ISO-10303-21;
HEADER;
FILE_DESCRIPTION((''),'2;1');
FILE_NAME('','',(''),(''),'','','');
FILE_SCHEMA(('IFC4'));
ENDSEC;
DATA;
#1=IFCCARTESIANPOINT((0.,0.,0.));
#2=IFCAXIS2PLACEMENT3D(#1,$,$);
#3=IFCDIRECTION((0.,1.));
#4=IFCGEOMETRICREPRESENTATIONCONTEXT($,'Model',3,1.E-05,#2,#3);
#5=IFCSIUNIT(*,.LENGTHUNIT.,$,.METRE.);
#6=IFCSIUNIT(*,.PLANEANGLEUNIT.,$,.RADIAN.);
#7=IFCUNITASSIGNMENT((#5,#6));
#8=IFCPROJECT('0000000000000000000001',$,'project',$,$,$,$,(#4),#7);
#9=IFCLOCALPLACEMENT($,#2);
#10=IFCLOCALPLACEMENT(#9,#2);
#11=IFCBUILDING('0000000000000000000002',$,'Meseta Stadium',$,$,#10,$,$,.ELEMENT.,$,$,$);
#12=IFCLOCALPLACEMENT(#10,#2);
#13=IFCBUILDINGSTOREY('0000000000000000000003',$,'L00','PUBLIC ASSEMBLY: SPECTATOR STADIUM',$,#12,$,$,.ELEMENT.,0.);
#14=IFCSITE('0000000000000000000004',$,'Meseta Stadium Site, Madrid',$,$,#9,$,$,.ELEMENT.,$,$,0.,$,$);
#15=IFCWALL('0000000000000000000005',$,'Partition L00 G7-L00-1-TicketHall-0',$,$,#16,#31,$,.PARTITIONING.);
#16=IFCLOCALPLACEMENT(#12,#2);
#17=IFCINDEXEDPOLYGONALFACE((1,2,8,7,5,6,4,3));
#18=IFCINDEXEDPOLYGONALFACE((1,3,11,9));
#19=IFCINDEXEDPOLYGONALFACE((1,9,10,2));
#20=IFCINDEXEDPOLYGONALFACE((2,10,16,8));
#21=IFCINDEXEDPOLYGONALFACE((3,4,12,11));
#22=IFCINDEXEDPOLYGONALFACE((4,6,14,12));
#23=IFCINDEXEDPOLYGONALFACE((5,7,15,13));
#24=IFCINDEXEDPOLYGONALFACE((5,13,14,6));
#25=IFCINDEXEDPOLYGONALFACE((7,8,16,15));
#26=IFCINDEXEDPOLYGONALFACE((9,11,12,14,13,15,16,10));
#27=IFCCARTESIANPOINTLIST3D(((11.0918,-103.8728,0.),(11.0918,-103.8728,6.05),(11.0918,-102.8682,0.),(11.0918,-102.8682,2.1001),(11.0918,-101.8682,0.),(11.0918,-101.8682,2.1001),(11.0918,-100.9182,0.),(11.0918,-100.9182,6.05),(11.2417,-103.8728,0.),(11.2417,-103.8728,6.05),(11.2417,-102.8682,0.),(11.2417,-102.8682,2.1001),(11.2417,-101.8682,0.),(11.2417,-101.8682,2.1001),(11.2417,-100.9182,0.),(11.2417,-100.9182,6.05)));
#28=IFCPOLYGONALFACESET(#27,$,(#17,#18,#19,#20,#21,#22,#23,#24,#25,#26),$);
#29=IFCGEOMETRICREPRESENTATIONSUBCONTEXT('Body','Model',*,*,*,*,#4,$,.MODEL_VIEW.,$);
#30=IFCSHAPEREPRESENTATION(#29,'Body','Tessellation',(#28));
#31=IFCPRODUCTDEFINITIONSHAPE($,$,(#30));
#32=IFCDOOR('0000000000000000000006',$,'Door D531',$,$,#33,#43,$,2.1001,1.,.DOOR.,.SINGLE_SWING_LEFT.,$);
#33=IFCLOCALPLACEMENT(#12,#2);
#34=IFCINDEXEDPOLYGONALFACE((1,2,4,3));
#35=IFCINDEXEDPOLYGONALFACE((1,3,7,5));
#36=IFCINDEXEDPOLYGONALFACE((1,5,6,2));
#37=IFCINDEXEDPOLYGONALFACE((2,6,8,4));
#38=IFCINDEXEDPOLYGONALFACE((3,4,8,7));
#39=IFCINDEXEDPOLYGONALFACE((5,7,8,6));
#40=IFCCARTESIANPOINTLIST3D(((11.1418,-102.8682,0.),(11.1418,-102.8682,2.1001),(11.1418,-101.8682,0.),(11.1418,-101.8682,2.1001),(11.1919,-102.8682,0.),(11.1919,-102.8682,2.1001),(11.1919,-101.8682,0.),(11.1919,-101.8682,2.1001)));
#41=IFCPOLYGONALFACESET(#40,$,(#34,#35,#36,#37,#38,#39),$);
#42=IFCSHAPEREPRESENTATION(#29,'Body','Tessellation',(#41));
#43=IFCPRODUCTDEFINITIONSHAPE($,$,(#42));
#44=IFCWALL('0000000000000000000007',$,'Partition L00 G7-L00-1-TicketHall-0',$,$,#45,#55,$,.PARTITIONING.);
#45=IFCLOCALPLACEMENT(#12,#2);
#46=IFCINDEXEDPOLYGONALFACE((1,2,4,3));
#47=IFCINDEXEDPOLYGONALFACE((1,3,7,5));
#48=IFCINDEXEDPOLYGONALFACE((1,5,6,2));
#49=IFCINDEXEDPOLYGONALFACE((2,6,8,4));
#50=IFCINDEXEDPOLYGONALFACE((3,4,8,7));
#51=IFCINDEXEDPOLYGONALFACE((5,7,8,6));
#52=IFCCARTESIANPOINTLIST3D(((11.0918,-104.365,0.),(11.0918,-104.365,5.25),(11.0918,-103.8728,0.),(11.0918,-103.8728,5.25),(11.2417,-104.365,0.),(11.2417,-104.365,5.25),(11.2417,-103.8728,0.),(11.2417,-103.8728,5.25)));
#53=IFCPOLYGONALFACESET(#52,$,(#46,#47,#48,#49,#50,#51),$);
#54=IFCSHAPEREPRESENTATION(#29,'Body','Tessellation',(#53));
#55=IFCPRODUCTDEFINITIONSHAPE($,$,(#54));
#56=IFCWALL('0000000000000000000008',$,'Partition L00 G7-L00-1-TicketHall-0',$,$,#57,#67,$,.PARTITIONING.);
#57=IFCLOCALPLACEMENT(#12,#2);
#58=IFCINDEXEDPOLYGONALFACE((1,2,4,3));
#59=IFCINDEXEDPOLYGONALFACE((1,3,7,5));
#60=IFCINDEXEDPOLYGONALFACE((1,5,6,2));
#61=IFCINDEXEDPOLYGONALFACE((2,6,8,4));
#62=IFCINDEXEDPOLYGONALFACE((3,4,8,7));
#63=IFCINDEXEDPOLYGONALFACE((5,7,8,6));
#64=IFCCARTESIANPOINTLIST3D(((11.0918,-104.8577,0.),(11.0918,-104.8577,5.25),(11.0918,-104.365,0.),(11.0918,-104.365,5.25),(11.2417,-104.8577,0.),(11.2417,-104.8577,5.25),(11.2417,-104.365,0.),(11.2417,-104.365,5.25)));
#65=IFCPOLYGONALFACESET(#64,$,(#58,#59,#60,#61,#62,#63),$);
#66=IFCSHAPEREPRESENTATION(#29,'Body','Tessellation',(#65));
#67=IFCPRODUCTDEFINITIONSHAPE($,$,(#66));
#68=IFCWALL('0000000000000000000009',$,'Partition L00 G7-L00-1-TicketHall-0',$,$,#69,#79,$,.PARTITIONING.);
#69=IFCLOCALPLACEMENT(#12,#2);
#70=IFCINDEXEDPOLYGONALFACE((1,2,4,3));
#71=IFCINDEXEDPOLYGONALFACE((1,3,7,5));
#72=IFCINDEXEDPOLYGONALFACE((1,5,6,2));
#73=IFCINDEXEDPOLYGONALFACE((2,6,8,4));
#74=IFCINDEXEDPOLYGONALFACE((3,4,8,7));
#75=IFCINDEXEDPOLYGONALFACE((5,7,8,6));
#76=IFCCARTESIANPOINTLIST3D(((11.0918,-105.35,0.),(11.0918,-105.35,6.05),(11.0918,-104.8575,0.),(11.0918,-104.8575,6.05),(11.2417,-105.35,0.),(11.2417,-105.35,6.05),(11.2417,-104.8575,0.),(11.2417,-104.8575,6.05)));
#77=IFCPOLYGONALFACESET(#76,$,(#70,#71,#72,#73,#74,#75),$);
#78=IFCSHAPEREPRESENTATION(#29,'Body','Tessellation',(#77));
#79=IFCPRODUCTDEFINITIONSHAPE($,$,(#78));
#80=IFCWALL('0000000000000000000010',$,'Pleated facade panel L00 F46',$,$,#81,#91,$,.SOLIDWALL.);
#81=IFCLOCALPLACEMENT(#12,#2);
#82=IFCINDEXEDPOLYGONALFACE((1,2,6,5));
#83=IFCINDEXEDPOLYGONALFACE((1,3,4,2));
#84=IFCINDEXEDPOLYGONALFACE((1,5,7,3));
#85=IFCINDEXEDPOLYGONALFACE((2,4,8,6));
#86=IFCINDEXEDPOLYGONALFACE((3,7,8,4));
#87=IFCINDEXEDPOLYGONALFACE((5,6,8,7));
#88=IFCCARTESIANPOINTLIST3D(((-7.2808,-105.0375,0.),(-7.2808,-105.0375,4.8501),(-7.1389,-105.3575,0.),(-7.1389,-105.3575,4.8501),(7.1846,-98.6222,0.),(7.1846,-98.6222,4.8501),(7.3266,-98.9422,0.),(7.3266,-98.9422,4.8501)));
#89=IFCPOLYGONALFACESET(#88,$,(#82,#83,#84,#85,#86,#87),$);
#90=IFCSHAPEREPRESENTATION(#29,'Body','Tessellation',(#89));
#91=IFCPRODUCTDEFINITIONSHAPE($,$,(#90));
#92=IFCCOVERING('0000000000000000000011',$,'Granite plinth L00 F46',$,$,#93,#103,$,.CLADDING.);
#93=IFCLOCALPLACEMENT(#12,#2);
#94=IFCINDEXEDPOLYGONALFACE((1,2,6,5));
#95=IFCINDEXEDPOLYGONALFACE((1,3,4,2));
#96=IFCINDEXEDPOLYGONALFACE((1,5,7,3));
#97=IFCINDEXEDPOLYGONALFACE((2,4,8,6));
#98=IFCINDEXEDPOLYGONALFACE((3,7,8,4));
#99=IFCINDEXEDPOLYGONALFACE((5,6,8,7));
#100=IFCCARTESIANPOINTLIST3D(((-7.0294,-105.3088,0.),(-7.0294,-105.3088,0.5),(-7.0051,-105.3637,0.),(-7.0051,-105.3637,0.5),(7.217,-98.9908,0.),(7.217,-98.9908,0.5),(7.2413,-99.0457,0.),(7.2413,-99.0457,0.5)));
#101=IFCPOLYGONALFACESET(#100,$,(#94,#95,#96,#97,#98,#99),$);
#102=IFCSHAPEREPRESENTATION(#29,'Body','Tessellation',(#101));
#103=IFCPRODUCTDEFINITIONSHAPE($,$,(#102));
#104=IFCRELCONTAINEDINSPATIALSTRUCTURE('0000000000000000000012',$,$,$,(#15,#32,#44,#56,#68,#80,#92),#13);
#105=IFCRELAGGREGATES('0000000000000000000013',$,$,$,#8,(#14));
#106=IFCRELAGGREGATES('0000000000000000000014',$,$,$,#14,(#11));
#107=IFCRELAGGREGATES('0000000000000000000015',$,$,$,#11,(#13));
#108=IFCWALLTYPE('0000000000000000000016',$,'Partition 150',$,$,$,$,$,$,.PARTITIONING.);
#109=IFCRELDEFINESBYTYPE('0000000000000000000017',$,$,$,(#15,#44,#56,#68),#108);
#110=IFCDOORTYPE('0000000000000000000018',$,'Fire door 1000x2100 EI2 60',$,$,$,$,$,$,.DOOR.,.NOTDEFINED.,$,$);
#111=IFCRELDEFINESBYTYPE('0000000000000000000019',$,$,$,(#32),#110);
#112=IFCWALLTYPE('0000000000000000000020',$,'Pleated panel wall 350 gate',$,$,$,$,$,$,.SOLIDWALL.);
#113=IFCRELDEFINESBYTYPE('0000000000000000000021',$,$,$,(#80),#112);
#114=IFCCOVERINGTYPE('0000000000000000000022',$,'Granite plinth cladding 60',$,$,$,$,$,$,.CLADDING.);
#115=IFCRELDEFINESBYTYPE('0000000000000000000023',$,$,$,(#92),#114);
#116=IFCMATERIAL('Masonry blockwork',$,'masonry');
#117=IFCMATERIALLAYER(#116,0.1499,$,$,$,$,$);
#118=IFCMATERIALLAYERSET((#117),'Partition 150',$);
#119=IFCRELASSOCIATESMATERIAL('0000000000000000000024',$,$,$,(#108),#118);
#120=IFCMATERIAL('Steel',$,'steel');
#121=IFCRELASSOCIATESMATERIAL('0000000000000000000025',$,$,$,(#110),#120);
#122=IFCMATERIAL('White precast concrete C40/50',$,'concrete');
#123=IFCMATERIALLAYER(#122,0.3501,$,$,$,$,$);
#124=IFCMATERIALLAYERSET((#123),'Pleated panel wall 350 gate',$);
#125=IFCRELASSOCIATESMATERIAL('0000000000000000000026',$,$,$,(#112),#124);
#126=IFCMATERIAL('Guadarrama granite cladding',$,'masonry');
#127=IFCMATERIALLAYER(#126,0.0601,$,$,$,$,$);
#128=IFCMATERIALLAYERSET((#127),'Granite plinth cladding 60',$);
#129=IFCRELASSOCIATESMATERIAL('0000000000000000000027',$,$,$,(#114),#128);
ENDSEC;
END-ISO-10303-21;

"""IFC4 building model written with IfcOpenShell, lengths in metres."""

from ifc_helpers import new_model, si_unit, direction, frame, frame_2d, origin, origin_2d, place, context, subcontext, project, spatial, rectangle, extrude, material, layer, layer_set, type_object, element, fill, save


model = new_model("IFC4")

# Units and contexts
model_context = context("Model", 3, precision=1e-05, world=origin(), true_north=direction((0.0, 1.0)))
body_context = subcontext(model_context, "Body", "Model", "MODEL_VIEW")
ifc_project = project(units=[si_unit("LENGTHUNIT", "METRE"), si_unit("PLANEANGLEUNIT", "RADIAN")], contexts=[model_context])

# Site, building, storey
site_placement = place(None, origin())
site = spatial("IfcSite", under=ifc_project, at=site_placement, Name="Meseta Stadium Site, Madrid", CompositionType="ELEMENT", RefElevation=0.0)
building_placement = place(site_placement, origin())
building = spatial("IfcBuilding", under=site, at=building_placement, Name="Meseta Stadium", CompositionType="ELEMENT")
storey_placement = place(building_placement, origin())
storey = spatial("IfcBuildingStorey", under=building, at=storey_placement, Name="L00", Description="PUBLIC ASSEMBLY: SPECTATOR STADIUM", CompositionType="ELEMENT", Elevation=0.0)

# Shared definitions
ifc_material_1 = material(Name="Masonry blockwork", Category="masonry")
ifc_layer_1 = layer(ifc_material_1, 0.1499)
ifc_layer_set_1 = layer_set([ifc_layer_1], Name="Partition 150")
wall_type_1 = type_object("IfcWallType", Name="Partition 150", PredefinedType="PARTITIONING", material=ifc_layer_set_1)
ifc_material_2 = material(Name="Steel", Category="steel")
door_type_1 = type_object("IfcDoorType", Name="Fire door 1000x2100 EI2 60", OperationType="NOTDEFINED", PredefinedType="DOOR", material=ifc_material_2)

# Wall, opening, door
wall_1_placement = place(storey_placement, frame((11.1667, -103.8728, 0.0), z_axis=(0.0, 0.0, 1.0), x_axis=(0.0, 1.0, 0.0)))
wall_1 = element("IfcWall", 1, at=wall_1_placement, inside=storey, type_object=wall_type_1, Name="Partition L00 G7-L00-1-TicketHall-0", PredefinedType="PARTITIONING", context=body_context, shape_type="SweptSolid", body=[
    extrude(rectangle(XDim=2.9546, YDim=0.1499, at=frame_2d((1.4773, 0.0))), origin(), (0.0, 0.0, 1.0), 6.05),
])
opening_1_placement = place(wall_1_placement, frame((1.0046, 0.0, 0.0)))
opening_1 = element("IfcOpeningElement", 2, at=opening_1_placement, cuts=wall_1, PredefinedType="OPENING", context=body_context, shape_type="SweptSolid", body=[
    extrude(rectangle(XDim=1.0, YDim=2.1001, at=frame_2d((0.5, 1.05))), frame((0.0, 0.085, 0.0), z_axis=(0.0, -1.0, 0.0), x_axis=(1.0, 0.0, 0.0)), (0.0, 0.0, 1.0), 0.1699),
])
door_1_placement = place(opening_1_placement, origin())
door_1 = element("IfcDoor", 3, at=door_1_placement, inside=storey, type_object=door_type_1, Name="Door D531", OperationType="SINGLE_SWING_LEFT", OverallHeight=2.1001, OverallWidth=1.0, PredefinedType="DOOR", context=body_context, shape_type="SweptSolid", body=[
    extrude(rectangle(XDim=1.0, YDim=2.1001, at=frame_2d((0.5, 1.05))), frame((0.0, 0.0249, 0.0), z_axis=(0.0, -1.0, 0.0), x_axis=(1.0, 0.0, 0.0)), (0.0, 0.0, 1.0), 0.05),
])
fill(opening_1, door_1)

# Walls
wall_2_placement = place(storey_placement, frame((11.1667, -103.8728, 0.0), z_axis=(0.0, 0.0, 1.0), x_axis=(0.0, -1.0, 0.0)))
element("IfcWall", 4, at=wall_2_placement, inside=storey, type_object=wall_type_1, Name="Partition L00 G7-L00-1-TicketHall-0", PredefinedType="PARTITIONING", context=body_context, shape_type="SweptSolid", body=[
    extrude(rectangle(XDim=0.4922, YDim=0.1499, at=frame_2d((0.2461, 0.0))), origin(), (0.0, 0.0, 1.0), 5.25),
])
wall_3_placement = place(storey_placement, frame((11.1667, -104.365, 0.0), z_axis=(0.0, 0.0, 1.0), x_axis=(0.0, -1.0, 0.0)))
element("IfcWall", 5, at=wall_3_placement, inside=storey, type_object=wall_type_1, Name="Partition L00 G7-L00-1-TicketHall-0", PredefinedType="PARTITIONING", context=body_context, shape_type="SweptSolid", body=[
    extrude(rectangle(XDim=0.4927, YDim=0.1499, at=frame_2d((0.2463, 0.0))), origin(), (0.0, 0.0, 1.0), 5.25),
])
wall_4_placement = place(storey_placement, frame((11.1667, -104.8577, 0.0), z_axis=(0.0, 0.0, 1.0), x_axis=(0.0, -1.0, 0.0)))
element("IfcWall", 6, at=wall_4_placement, inside=storey, type_object=wall_type_1, Name="Partition L00 G7-L00-1-TicketHall-0", PredefinedType="PARTITIONING", context=body_context, shape_type="SweptSolid", body=[
    extrude(rectangle(XDim=0.4924, YDim=0.1499, at=frame_2d((0.2461, 0.0))), origin(), (0.0, 0.0, 1.0), 6.05),
])
ifc_material_3 = material(Name="White precast concrete C40/50", Category="concrete")
ifc_layer_2 = layer(ifc_material_3, 0.3501)
ifc_layer_set_2 = layer_set([ifc_layer_2], Name="Pleated panel wall 350 gate")
wall_type_2 = type_object("IfcWallType", Name="Pleated panel wall 350 gate", PredefinedType="SOLIDWALL", material=ifc_layer_set_2)
wall_5_placement = place(storey_placement, frame((7.2556, -98.7822, 0.0), z_axis=(0.0, 0.0, 1.0), x_axis=(-0.914136, -0.405407, 0.0)))
element("IfcWall", 7, at=wall_5_placement, inside=storey, type_object=wall_type_2, Name="Pleated facade panel L00 F46", PredefinedType="SOLIDWALL", context=body_context, shape_type="SweptSolid", body=[
    extrude(rectangle(XDim=15.8242, YDim=0.3501, at=frame_2d((7.9121, 0.0))), origin(), (0.0, 0.0, 1.0), 4.8501),
])

# Covering
ifc_material_4 = material(Name="Guadarrama granite cladding", Category="masonry")
ifc_layer_3 = layer(ifc_material_4, 0.0601)
ifc_layer_set_3 = layer_set([ifc_layer_3], Name="Granite plinth cladding 60")
covering_type = type_object("IfcCoveringType", Name="Granite plinth cladding 60", PredefinedType="CLADDING", material=ifc_layer_set_3)
covering_placement = place(storey_placement, frame((0.106, -102.1772, 0.0), z_axis=(0.0, 0.0, 1.0), x_axis=(-0.914139, -0.4054, 0.0)))
element("IfcCovering", 8, at=covering_placement, inside=storey, type_object=covering_type, Name="Granite plinth L00 F46", PredefinedType="CLADDING", context=body_context, shape_type="SweptSolid", body=[
    extrude(rectangle(XDim=15.5845, YDim=0.0601, at=origin_2d()), origin(), (0.0, 0.0, 1.0), 0.5),
])

save(model, "model.ifc")
